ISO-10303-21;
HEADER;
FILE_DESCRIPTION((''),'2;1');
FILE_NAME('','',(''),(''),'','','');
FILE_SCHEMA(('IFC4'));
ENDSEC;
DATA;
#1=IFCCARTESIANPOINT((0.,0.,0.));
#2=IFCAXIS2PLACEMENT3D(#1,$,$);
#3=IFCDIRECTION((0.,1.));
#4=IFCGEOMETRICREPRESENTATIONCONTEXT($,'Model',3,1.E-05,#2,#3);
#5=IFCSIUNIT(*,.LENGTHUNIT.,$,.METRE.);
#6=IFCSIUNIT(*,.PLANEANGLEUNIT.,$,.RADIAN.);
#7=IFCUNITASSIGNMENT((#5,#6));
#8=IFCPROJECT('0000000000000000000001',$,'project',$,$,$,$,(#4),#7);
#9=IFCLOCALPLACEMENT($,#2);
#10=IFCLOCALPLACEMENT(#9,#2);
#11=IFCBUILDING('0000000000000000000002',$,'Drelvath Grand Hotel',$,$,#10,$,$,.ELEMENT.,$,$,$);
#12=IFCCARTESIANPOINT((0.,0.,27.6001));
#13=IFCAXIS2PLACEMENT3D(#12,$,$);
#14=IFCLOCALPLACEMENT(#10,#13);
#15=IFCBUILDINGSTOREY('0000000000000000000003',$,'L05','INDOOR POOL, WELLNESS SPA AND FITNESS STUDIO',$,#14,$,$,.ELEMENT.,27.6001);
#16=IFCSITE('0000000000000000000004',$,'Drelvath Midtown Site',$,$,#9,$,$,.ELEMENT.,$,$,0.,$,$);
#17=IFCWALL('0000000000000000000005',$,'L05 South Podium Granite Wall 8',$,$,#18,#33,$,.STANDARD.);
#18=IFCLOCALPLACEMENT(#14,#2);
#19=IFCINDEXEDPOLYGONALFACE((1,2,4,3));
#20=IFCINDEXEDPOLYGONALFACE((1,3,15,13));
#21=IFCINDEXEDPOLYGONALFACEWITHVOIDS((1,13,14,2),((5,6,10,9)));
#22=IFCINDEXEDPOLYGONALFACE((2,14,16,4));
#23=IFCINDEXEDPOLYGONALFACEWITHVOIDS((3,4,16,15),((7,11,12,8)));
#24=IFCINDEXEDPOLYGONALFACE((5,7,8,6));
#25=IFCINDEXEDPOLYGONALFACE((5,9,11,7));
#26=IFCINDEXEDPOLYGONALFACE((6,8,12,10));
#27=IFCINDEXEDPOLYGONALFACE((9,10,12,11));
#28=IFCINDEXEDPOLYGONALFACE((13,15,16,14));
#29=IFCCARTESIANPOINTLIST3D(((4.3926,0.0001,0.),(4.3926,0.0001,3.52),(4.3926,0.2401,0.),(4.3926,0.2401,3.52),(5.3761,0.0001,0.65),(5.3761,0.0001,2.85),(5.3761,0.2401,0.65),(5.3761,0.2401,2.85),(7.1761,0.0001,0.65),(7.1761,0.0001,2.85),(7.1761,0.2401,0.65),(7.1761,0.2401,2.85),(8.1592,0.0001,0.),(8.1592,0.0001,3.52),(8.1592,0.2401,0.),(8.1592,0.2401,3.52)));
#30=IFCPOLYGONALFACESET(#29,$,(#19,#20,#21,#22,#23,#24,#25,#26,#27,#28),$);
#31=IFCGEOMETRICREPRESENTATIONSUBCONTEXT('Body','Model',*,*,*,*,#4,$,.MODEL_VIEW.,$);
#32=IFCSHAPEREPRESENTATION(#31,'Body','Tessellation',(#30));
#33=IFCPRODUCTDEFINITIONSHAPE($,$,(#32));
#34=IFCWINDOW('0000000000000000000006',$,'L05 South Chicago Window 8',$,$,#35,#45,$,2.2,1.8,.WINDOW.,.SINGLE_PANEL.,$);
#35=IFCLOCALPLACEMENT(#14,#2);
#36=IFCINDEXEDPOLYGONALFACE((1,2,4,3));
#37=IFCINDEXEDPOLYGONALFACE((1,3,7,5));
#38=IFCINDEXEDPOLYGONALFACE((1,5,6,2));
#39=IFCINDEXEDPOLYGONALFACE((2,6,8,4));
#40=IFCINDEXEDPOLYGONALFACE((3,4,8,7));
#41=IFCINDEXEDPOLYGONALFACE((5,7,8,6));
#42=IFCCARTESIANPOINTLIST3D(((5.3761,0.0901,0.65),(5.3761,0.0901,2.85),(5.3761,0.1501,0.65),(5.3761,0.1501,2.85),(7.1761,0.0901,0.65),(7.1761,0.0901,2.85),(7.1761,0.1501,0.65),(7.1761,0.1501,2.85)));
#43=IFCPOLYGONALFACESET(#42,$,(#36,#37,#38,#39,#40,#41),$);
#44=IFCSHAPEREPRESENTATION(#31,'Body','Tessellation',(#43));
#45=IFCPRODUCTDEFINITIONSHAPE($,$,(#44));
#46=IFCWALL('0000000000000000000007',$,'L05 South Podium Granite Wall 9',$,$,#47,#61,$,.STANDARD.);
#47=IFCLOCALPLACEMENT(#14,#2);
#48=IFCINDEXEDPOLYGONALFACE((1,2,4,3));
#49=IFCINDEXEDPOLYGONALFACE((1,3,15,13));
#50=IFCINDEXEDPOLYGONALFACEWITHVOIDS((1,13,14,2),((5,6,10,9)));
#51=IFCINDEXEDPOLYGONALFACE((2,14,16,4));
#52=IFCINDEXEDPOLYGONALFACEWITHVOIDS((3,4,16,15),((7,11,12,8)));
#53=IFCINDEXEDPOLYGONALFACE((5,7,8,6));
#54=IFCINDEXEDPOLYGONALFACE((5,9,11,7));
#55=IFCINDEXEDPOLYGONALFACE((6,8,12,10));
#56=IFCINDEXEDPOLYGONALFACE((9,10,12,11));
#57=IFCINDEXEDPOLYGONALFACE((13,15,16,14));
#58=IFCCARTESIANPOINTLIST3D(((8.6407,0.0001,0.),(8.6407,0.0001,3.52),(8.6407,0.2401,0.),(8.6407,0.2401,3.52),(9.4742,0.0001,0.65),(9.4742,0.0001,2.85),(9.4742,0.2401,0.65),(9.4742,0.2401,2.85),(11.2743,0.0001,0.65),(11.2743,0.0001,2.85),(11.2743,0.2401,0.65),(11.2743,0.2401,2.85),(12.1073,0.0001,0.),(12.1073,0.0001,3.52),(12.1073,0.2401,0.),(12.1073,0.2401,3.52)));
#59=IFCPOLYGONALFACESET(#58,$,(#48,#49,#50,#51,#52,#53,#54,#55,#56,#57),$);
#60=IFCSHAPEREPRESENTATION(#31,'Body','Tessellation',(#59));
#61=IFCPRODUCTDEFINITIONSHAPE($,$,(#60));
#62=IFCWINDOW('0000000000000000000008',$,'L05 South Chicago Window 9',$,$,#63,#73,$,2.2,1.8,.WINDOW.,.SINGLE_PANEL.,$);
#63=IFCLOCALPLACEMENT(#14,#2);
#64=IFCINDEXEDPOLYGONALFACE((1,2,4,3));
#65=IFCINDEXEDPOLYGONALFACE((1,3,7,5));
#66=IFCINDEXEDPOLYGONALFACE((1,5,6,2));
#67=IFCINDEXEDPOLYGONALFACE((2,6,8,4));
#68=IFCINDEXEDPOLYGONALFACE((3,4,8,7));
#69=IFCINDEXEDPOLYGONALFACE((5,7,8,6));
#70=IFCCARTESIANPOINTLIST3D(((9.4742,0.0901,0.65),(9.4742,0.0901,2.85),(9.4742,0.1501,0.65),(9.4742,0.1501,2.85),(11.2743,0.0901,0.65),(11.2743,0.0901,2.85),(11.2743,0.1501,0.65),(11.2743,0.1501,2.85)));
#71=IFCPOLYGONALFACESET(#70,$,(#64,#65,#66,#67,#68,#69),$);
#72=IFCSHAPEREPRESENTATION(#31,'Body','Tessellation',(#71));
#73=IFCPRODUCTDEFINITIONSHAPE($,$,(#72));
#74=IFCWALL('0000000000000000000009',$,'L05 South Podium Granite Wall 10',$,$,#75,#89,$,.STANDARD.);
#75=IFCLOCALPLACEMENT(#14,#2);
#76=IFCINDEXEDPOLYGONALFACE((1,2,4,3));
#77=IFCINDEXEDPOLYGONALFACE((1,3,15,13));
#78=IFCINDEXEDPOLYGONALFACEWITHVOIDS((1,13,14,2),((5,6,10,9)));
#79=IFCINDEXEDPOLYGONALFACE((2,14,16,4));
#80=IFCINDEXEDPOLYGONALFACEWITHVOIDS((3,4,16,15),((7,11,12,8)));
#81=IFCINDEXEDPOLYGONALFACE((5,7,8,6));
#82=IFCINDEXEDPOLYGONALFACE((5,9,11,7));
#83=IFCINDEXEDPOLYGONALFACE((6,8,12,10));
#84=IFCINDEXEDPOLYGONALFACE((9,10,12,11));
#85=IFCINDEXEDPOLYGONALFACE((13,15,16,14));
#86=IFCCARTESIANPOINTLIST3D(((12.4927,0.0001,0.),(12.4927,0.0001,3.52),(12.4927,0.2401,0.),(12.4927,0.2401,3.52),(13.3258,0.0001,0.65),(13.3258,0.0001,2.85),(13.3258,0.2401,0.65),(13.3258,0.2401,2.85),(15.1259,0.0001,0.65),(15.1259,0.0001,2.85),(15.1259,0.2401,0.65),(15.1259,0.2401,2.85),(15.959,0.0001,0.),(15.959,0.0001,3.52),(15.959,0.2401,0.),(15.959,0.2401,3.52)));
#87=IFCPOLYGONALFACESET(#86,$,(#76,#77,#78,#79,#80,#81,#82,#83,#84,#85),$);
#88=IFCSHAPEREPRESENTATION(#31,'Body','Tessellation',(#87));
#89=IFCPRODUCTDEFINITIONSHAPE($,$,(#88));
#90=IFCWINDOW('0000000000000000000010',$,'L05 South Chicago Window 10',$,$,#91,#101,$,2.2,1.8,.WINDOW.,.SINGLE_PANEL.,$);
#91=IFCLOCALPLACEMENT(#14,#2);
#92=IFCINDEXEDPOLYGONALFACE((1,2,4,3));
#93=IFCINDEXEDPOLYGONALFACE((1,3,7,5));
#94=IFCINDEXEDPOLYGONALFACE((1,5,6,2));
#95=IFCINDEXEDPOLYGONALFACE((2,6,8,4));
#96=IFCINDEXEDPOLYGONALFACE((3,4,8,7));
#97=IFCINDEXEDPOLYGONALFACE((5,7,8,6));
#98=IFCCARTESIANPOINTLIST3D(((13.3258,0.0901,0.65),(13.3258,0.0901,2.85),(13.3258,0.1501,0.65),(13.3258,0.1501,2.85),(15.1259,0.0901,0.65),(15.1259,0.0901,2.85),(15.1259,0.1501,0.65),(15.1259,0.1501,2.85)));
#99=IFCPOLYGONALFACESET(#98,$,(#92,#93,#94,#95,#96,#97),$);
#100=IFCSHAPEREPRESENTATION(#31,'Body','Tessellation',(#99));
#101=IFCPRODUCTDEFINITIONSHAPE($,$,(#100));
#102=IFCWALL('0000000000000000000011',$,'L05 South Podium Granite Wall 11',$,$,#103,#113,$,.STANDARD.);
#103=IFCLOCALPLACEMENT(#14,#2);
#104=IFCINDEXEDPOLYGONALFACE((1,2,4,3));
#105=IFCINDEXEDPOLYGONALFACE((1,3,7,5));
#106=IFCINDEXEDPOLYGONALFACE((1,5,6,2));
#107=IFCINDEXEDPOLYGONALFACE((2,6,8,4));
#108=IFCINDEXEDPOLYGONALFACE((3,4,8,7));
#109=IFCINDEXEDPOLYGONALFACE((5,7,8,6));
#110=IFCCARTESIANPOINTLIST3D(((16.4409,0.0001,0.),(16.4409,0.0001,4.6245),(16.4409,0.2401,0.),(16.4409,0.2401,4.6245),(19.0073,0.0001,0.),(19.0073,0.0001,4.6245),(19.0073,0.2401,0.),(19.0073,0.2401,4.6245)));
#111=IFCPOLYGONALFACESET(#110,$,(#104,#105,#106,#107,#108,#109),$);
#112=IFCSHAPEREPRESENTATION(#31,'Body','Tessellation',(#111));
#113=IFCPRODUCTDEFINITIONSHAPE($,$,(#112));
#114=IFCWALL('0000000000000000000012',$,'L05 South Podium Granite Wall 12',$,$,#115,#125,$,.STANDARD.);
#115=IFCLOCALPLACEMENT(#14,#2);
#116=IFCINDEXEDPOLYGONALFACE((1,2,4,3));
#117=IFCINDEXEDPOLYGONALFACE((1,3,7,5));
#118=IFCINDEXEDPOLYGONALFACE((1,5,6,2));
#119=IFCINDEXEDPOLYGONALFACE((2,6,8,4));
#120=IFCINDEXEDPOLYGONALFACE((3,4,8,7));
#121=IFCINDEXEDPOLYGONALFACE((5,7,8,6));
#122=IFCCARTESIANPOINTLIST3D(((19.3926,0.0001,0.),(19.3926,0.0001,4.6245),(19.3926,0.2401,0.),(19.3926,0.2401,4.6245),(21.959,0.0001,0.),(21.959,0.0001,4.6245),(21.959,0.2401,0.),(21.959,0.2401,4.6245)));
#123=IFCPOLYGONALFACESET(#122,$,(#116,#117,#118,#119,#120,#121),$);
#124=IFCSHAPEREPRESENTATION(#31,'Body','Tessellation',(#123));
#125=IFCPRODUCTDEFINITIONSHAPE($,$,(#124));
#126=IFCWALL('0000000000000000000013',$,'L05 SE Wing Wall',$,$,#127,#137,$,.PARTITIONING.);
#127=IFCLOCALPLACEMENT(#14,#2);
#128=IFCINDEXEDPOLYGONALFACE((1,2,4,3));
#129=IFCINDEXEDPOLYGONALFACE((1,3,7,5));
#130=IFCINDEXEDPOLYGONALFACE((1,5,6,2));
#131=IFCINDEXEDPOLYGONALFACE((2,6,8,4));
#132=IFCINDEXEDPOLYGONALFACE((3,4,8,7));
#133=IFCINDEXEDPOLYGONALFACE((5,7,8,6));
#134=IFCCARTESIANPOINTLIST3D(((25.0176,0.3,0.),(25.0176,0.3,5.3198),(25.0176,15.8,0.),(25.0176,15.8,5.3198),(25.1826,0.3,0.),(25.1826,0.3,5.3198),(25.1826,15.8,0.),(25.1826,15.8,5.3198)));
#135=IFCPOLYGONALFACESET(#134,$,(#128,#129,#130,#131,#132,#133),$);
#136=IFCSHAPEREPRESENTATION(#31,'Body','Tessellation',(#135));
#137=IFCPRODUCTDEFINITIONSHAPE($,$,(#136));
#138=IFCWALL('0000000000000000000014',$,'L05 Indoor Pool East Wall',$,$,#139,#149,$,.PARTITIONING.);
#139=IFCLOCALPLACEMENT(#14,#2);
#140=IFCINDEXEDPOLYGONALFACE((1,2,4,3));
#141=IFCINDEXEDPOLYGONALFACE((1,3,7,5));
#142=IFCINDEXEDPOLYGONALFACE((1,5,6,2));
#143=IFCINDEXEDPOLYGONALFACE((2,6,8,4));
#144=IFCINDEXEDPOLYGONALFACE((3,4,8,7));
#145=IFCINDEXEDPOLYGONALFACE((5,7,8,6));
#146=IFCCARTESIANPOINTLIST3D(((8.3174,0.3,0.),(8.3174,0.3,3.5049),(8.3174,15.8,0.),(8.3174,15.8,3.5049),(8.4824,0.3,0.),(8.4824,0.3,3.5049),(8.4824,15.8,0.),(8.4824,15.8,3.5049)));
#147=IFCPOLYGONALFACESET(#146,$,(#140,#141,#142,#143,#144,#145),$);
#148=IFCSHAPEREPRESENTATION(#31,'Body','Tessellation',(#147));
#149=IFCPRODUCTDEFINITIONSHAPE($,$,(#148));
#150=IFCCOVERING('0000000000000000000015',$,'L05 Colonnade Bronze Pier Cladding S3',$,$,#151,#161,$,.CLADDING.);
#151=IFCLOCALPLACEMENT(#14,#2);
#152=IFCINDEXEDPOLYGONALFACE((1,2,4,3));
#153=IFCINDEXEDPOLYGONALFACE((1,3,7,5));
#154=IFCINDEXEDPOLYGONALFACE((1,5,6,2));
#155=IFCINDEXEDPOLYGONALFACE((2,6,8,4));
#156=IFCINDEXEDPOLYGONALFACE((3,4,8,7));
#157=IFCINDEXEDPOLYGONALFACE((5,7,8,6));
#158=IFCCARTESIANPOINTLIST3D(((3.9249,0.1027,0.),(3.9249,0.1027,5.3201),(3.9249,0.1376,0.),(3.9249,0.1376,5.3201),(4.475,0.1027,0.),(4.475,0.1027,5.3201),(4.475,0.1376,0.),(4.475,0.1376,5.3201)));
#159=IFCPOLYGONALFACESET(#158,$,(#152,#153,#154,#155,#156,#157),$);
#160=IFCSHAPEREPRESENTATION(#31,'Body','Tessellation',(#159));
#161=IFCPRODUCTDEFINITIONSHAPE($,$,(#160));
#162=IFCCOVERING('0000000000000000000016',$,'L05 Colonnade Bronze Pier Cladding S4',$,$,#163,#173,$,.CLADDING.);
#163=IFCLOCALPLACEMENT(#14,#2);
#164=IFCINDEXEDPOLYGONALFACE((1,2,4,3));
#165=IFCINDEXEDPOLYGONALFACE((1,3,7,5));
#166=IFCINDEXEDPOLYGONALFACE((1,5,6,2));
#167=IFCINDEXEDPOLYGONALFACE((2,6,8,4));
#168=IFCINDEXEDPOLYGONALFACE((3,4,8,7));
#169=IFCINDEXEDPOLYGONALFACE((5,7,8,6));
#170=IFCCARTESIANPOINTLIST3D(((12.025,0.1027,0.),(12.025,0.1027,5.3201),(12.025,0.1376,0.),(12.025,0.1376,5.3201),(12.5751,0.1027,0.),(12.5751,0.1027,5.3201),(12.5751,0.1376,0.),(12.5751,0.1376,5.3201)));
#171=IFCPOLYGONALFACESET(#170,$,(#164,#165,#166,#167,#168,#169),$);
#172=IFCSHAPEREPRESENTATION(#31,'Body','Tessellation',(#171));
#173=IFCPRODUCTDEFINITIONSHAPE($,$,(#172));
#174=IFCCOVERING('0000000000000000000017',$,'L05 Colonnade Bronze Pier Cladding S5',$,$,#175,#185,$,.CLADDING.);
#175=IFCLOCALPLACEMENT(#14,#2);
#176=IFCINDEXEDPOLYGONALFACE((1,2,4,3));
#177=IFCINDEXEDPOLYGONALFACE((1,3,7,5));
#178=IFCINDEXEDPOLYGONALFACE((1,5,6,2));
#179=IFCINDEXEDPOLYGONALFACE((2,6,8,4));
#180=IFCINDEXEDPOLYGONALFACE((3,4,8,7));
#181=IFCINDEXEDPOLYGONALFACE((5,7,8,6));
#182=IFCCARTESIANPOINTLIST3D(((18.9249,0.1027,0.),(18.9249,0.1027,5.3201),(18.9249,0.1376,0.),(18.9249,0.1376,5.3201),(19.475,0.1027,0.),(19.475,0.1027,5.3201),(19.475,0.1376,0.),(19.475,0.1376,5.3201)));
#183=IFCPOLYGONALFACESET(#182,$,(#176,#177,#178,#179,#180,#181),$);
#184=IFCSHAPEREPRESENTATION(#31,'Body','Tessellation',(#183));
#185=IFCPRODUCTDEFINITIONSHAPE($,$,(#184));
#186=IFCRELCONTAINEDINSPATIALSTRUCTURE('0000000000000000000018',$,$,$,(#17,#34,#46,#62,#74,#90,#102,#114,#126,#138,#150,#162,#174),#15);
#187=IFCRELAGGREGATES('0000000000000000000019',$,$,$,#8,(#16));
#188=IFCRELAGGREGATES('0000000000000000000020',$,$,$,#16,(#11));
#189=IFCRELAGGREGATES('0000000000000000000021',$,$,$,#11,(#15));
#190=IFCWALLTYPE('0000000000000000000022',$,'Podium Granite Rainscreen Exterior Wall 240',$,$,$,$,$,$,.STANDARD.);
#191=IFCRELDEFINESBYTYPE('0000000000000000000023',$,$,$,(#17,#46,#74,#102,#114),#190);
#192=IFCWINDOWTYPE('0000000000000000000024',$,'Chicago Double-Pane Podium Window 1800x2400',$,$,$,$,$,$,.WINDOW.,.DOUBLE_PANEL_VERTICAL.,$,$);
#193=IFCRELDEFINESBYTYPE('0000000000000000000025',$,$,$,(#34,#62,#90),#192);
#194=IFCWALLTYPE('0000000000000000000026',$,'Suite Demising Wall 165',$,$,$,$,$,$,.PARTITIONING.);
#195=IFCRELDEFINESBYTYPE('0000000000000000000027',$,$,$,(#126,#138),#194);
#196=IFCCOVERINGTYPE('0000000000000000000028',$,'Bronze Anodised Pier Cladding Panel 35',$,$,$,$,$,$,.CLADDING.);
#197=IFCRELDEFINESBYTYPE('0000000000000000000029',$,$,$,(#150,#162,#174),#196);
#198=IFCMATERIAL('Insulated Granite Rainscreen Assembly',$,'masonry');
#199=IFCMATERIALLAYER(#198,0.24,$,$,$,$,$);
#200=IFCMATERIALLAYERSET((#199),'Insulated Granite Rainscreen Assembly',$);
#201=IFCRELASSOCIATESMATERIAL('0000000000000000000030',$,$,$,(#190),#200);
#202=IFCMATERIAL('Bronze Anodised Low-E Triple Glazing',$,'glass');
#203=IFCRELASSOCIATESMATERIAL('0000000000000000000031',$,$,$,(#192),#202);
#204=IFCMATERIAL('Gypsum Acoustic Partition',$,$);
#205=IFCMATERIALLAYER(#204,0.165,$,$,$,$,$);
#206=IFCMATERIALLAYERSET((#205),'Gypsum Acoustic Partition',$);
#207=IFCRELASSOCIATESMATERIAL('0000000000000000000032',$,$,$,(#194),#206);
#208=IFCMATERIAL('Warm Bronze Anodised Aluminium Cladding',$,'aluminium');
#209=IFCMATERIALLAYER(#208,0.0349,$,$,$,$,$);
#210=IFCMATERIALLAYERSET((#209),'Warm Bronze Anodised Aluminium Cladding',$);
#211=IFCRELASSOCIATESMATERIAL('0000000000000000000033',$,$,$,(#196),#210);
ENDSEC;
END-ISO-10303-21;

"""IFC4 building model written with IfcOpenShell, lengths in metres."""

from ifc_helpers import new_model, si_unit, direction, frame, frame_2d, origin, origin_2d, place, context, subcontext, project, spatial, rectangle, extrude, material, layer, layer_set, type_object, element, fill, save


model = new_model("IFC4")

# Units and contexts
model_context = context("Model", 3, precision=1e-05, world=origin(), true_north=direction((0.0, 1.0)))
body_context = subcontext(model_context, "Body", "Model", "MODEL_VIEW")
ifc_project = project(units=[si_unit("LENGTHUNIT", "METRE"), si_unit("PLANEANGLEUNIT", "RADIAN")], contexts=[model_context])

# Site, building, storey
site_placement = place(None, origin())
site = spatial("IfcSite", under=ifc_project, at=site_placement, Name="Drelvath Midtown Site", CompositionType="ELEMENT", RefElevation=0.0)
building_placement = place(site_placement, origin())
building = spatial("IfcBuilding", under=site, at=building_placement, Name="Drelvath Grand Hotel", CompositionType="ELEMENT")
storey_placement = place(building_placement, frame((0.0, 0.0, 27.6001)))
storey = spatial("IfcBuildingStorey", under=building, at=storey_placement, Name="L05", Description="INDOOR POOL, WELLNESS SPA AND FITNESS STUDIO", CompositionType="ELEMENT", Elevation=27.6001)

# Walls, openings, windows
ifc_material_1 = material(Name="Insulated Granite Rainscreen Assembly", Category="masonry")
ifc_layer_1 = layer(ifc_material_1, 0.24)
ifc_layer_set_1 = layer_set([ifc_layer_1], Name="Insulated Granite Rainscreen Assembly")
wall_type_1 = type_object("IfcWallType", Name="Podium Granite Rainscreen Exterior Wall 240", PredefinedType="STANDARD", material=ifc_layer_set_1)
ifc_material_2 = material(Name="Bronze Anodised Low-E Triple Glazing", Category="glass")
window_type = type_object("IfcWindowType", Name="Chicago Double-Pane Podium Window 1800x2400", PartitioningType="DOUBLE_PANEL_VERTICAL", PredefinedType="WINDOW", material=ifc_material_2)
wall_1_placement = place(storey_placement, frame((8.1592, 0.1201, 0.0), z_axis=(0.0, 0.0, 1.0), x_axis=(-1.0, 0.0, 0.0)))
wall_1 = element("IfcWall", 1, at=wall_1_placement, inside=storey, type_object=wall_type_1, Name="L05 South Podium Granite Wall 8", PredefinedType="STANDARD", context=body_context, shape_type="SweptSolid", body=[
    extrude(rectangle(XDim=3.7666, YDim=0.24, at=frame_2d((1.8833, 0.0))), origin(), (0.0, 0.0, 1.0), 3.52),
])
opening_1_placement = place(wall_1_placement, frame((0.9832, 0.0, 0.6499)))
opening_1 = element("IfcOpeningElement", 2, at=opening_1_placement, cuts=wall_1, PredefinedType="OPENING", context=body_context, shape_type="SweptSolid", body=[
    extrude(rectangle(XDim=1.8, YDim=2.2, at=frame_2d((0.8999, 1.1001))), frame((0.0, 0.1299, 0.0), z_axis=(0.0, -1.0, 0.0), x_axis=(1.0, 0.0, 0.0)), (0.0, 0.0, 1.0), 0.26),
])
window_1_placement = place(opening_1_placement, origin())
window_1 = element("IfcWindow", 3, at=window_1_placement, inside=storey, type_object=window_type, Name="L05 South Chicago Window 8", OverallHeight=2.2, OverallWidth=1.8, PartitioningType="SINGLE_PANEL", PredefinedType="WINDOW", context=body_context, shape_type="SweptSolid", body=[
    extrude(rectangle(XDim=1.8, YDim=2.2, at=frame_2d((0.8999, 1.1001))), frame((0.0, 0.03, 0.0), z_axis=(0.0, -1.0, 0.0), x_axis=(1.0, 0.0, 0.0)), (0.0, 0.0, 1.0), 0.0601),
])
fill(opening_1, window_1)
wall_2_placement = place(storey_placement, frame((12.1074, 0.1201, 0.0), z_axis=(0.0, 0.0, 1.0), x_axis=(-1.0, 0.0, 0.0)))
wall_2 = element("IfcWall", 4, at=wall_2_placement, inside=storey, type_object=wall_type_1, Name="L05 South Podium Granite Wall 9", PredefinedType="STANDARD", context=body_context, shape_type="SweptSolid", body=[
    extrude(rectangle(XDim=3.4666, YDim=0.24, at=frame_2d((1.7334, 0.0))), origin(), (0.0, 0.0, 1.0), 3.52),
])
opening_2_placement = place(wall_2_placement, frame((0.8333, 0.0, 0.6499)))
opening_2 = element("IfcOpeningElement", 5, at=opening_2_placement, cuts=wall_2, PredefinedType="OPENING", context=body_context, shape_type="SweptSolid", body=[
    extrude(rectangle(XDim=1.8, YDim=2.2, at=frame_2d((0.8999, 1.1001))), frame((0.0, 0.1299, 0.0), z_axis=(0.0, -1.0, 0.0), x_axis=(1.0, 0.0, 0.0)), (0.0, 0.0, 1.0), 0.26),
])
window_2_placement = place(opening_2_placement, origin())
window_2 = element("IfcWindow", 6, at=window_2_placement, inside=storey, type_object=window_type, Name="L05 South Chicago Window 9", OverallHeight=2.2, OverallWidth=1.8, PartitioningType="SINGLE_PANEL", PredefinedType="WINDOW", context=body_context, shape_type="SweptSolid", body=[
    extrude(rectangle(XDim=1.8, YDim=2.2, at=frame_2d((0.8999, 1.1001))), frame((0.0, 0.03, 0.0), z_axis=(0.0, -1.0, 0.0), x_axis=(1.0, 0.0, 0.0)), (0.0, 0.0, 1.0), 0.0601),
])
fill(opening_2, window_2)
wall_3_placement = place(storey_placement, frame((15.959, 0.1201, 0.0), z_axis=(0.0, 0.0, 1.0), x_axis=(-1.0, 0.0, 0.0)))
wall_3 = element("IfcWall", 7, at=wall_3_placement, inside=storey, type_object=wall_type_1, Name="L05 South Podium Granite Wall 10", PredefinedType="STANDARD", context=body_context, shape_type="SweptSolid", body=[
    extrude(rectangle(XDim=3.4663, YDim=0.24, at=frame_2d((1.7332, 0.0))), origin(), (0.0, 0.0, 1.0), 3.52),
])
opening_3_placement = place(wall_3_placement, frame((0.8333, 0.0, 0.6499)))
opening_3 = element("IfcOpeningElement", 8, at=opening_3_placement, cuts=wall_3, PredefinedType="OPENING", context=body_context, shape_type="SweptSolid", body=[
    extrude(rectangle(XDim=1.8, YDim=2.2, at=frame_2d((0.8999, 1.1001))), frame((0.0, 0.1299, 0.0), z_axis=(0.0, -1.0, 0.0), x_axis=(1.0, 0.0, 0.0)), (0.0, 0.0, 1.0), 0.26),
])
window_3_placement = place(opening_3_placement, origin())
window_3 = element("IfcWindow", 9, at=window_3_placement, inside=storey, type_object=window_type, Name="L05 South Chicago Window 10", OverallHeight=2.2, OverallWidth=1.8, PartitioningType="SINGLE_PANEL", PredefinedType="WINDOW", context=body_context, shape_type="SweptSolid", body=[
    extrude(rectangle(XDim=1.8, YDim=2.2, at=frame_2d((0.8999, 1.1001))), frame((0.0, 0.03, 0.0), z_axis=(0.0, -1.0, 0.0), x_axis=(1.0, 0.0, 0.0)), (0.0, 0.0, 1.0), 0.0601),
])
fill(opening_3, window_3)

# Walls
for number, where, z_axis, x_axis, name in (
    (10, (19.0073, 0.1201, 0.0), (0.0, 0.0, 1.0), (-1.0, 0.0, 0.0), "L05 South Podium Granite Wall 11"),
    (11, (21.959, 0.1201, 0.0), (0.0, 0.0, 1.0), (-1.0, 0.0, 0.0), "L05 South Podium Granite Wall 12"),
):
    element("IfcWall", number, at=place(storey_placement, frame(where, z_axis=z_axis, x_axis=x_axis)), inside=storey, type_object=wall_type_1, Name=name, PredefinedType="STANDARD", context=body_context, shape_type="SweptSolid", body=[
        extrude(rectangle(XDim=2.5664, YDim=0.24, at=frame_2d((1.2832, 0.0))), origin(), (0.0, 0.0, 1.0), 4.6245),
    ])
ifc_material_3 = material(Name="Gypsum Acoustic Partition")
ifc_layer_2 = layer(ifc_material_3, 0.165)
ifc_layer_set_2 = layer_set([ifc_layer_2], Name="Gypsum Acoustic Partition")
wall_type_2 = type_object("IfcWallType", Name="Suite Demising Wall 165", PredefinedType="PARTITIONING", material=ifc_layer_set_2)
wall_4_placement = place(storey_placement, frame((25.1001, 0.3, 0.0), z_axis=(0.0, 0.0, 1.0), x_axis=(0.0, 1.0, 0.0)))
element("IfcWall", 12, at=wall_4_placement, inside=storey, type_object=wall_type_2, Name="L05 SE Wing Wall", PredefinedType="PARTITIONING", context=body_context, shape_type="SweptSolid", body=[
    extrude(rectangle(XDim=15.5, YDim=0.165, at=frame_2d((7.75, 0.0))), origin(), (0.0, 0.0, 1.0), 5.3198),
])
wall_5_placement = place(storey_placement, frame((8.3999, 0.3, 0.0), z_axis=(0.0, 0.0, 1.0), x_axis=(0.0, 1.0, 0.0)))
element("IfcWall", 13, at=wall_5_placement, inside=storey, type_object=wall_type_2, Name="L05 Indoor Pool East Wall", PredefinedType="PARTITIONING", context=body_context, shape_type="SweptSolid", body=[
    extrude(rectangle(XDim=15.5, YDim=0.165, at=frame_2d((7.75, 0.0))), origin(), (0.0, 0.0, 1.0), 3.5049),
])

# Coverings
ifc_material_4 = material(Name="Warm Bronze Anodised Aluminium Cladding", Category="aluminium")
ifc_layer_3 = layer(ifc_material_4, 0.0349)
ifc_layer_set_3 = layer_set([ifc_layer_3], Name="Warm Bronze Anodised Aluminium Cladding")
covering_type = type_object("IfcCoveringType", Name="Bronze Anodised Pier Cladding Panel 35", PredefinedType="CLADDING", material=ifc_layer_set_3)
for number, where, z_axis, x_axis, name in (
    (14, (4.2, 0.1201, 0.0), (0.0, 0.0, 1.0), (1.0, 0.0, 0.0), "L05 Colonnade Bronze Pier Cladding S3"),
    (15, (12.3, 0.1201, 0.0), (0.0, 0.0, 1.0), (1.0, 0.0, 0.0), "L05 Colonnade Bronze Pier Cladding S4"),
    (16, (19.2, 0.1201, 0.0), (0.0, 0.0, 1.0), (1.0, 0.0, 0.0), "L05 Colonnade Bronze Pier Cladding S5"),
):
    element("IfcCovering", number, at=place(storey_placement, frame(where, z_axis=z_axis, x_axis=x_axis)), inside=storey, type_object=covering_type, Name=name, PredefinedType="CLADDING", context=body_context, shape_type="SweptSolid", body=[
        extrude(rectangle(XDim=0.55, YDim=0.0349, at=origin_2d()), origin(), (0.0, 0.0, 1.0), 5.3201),
    ])

save(model, "model.ifc")
